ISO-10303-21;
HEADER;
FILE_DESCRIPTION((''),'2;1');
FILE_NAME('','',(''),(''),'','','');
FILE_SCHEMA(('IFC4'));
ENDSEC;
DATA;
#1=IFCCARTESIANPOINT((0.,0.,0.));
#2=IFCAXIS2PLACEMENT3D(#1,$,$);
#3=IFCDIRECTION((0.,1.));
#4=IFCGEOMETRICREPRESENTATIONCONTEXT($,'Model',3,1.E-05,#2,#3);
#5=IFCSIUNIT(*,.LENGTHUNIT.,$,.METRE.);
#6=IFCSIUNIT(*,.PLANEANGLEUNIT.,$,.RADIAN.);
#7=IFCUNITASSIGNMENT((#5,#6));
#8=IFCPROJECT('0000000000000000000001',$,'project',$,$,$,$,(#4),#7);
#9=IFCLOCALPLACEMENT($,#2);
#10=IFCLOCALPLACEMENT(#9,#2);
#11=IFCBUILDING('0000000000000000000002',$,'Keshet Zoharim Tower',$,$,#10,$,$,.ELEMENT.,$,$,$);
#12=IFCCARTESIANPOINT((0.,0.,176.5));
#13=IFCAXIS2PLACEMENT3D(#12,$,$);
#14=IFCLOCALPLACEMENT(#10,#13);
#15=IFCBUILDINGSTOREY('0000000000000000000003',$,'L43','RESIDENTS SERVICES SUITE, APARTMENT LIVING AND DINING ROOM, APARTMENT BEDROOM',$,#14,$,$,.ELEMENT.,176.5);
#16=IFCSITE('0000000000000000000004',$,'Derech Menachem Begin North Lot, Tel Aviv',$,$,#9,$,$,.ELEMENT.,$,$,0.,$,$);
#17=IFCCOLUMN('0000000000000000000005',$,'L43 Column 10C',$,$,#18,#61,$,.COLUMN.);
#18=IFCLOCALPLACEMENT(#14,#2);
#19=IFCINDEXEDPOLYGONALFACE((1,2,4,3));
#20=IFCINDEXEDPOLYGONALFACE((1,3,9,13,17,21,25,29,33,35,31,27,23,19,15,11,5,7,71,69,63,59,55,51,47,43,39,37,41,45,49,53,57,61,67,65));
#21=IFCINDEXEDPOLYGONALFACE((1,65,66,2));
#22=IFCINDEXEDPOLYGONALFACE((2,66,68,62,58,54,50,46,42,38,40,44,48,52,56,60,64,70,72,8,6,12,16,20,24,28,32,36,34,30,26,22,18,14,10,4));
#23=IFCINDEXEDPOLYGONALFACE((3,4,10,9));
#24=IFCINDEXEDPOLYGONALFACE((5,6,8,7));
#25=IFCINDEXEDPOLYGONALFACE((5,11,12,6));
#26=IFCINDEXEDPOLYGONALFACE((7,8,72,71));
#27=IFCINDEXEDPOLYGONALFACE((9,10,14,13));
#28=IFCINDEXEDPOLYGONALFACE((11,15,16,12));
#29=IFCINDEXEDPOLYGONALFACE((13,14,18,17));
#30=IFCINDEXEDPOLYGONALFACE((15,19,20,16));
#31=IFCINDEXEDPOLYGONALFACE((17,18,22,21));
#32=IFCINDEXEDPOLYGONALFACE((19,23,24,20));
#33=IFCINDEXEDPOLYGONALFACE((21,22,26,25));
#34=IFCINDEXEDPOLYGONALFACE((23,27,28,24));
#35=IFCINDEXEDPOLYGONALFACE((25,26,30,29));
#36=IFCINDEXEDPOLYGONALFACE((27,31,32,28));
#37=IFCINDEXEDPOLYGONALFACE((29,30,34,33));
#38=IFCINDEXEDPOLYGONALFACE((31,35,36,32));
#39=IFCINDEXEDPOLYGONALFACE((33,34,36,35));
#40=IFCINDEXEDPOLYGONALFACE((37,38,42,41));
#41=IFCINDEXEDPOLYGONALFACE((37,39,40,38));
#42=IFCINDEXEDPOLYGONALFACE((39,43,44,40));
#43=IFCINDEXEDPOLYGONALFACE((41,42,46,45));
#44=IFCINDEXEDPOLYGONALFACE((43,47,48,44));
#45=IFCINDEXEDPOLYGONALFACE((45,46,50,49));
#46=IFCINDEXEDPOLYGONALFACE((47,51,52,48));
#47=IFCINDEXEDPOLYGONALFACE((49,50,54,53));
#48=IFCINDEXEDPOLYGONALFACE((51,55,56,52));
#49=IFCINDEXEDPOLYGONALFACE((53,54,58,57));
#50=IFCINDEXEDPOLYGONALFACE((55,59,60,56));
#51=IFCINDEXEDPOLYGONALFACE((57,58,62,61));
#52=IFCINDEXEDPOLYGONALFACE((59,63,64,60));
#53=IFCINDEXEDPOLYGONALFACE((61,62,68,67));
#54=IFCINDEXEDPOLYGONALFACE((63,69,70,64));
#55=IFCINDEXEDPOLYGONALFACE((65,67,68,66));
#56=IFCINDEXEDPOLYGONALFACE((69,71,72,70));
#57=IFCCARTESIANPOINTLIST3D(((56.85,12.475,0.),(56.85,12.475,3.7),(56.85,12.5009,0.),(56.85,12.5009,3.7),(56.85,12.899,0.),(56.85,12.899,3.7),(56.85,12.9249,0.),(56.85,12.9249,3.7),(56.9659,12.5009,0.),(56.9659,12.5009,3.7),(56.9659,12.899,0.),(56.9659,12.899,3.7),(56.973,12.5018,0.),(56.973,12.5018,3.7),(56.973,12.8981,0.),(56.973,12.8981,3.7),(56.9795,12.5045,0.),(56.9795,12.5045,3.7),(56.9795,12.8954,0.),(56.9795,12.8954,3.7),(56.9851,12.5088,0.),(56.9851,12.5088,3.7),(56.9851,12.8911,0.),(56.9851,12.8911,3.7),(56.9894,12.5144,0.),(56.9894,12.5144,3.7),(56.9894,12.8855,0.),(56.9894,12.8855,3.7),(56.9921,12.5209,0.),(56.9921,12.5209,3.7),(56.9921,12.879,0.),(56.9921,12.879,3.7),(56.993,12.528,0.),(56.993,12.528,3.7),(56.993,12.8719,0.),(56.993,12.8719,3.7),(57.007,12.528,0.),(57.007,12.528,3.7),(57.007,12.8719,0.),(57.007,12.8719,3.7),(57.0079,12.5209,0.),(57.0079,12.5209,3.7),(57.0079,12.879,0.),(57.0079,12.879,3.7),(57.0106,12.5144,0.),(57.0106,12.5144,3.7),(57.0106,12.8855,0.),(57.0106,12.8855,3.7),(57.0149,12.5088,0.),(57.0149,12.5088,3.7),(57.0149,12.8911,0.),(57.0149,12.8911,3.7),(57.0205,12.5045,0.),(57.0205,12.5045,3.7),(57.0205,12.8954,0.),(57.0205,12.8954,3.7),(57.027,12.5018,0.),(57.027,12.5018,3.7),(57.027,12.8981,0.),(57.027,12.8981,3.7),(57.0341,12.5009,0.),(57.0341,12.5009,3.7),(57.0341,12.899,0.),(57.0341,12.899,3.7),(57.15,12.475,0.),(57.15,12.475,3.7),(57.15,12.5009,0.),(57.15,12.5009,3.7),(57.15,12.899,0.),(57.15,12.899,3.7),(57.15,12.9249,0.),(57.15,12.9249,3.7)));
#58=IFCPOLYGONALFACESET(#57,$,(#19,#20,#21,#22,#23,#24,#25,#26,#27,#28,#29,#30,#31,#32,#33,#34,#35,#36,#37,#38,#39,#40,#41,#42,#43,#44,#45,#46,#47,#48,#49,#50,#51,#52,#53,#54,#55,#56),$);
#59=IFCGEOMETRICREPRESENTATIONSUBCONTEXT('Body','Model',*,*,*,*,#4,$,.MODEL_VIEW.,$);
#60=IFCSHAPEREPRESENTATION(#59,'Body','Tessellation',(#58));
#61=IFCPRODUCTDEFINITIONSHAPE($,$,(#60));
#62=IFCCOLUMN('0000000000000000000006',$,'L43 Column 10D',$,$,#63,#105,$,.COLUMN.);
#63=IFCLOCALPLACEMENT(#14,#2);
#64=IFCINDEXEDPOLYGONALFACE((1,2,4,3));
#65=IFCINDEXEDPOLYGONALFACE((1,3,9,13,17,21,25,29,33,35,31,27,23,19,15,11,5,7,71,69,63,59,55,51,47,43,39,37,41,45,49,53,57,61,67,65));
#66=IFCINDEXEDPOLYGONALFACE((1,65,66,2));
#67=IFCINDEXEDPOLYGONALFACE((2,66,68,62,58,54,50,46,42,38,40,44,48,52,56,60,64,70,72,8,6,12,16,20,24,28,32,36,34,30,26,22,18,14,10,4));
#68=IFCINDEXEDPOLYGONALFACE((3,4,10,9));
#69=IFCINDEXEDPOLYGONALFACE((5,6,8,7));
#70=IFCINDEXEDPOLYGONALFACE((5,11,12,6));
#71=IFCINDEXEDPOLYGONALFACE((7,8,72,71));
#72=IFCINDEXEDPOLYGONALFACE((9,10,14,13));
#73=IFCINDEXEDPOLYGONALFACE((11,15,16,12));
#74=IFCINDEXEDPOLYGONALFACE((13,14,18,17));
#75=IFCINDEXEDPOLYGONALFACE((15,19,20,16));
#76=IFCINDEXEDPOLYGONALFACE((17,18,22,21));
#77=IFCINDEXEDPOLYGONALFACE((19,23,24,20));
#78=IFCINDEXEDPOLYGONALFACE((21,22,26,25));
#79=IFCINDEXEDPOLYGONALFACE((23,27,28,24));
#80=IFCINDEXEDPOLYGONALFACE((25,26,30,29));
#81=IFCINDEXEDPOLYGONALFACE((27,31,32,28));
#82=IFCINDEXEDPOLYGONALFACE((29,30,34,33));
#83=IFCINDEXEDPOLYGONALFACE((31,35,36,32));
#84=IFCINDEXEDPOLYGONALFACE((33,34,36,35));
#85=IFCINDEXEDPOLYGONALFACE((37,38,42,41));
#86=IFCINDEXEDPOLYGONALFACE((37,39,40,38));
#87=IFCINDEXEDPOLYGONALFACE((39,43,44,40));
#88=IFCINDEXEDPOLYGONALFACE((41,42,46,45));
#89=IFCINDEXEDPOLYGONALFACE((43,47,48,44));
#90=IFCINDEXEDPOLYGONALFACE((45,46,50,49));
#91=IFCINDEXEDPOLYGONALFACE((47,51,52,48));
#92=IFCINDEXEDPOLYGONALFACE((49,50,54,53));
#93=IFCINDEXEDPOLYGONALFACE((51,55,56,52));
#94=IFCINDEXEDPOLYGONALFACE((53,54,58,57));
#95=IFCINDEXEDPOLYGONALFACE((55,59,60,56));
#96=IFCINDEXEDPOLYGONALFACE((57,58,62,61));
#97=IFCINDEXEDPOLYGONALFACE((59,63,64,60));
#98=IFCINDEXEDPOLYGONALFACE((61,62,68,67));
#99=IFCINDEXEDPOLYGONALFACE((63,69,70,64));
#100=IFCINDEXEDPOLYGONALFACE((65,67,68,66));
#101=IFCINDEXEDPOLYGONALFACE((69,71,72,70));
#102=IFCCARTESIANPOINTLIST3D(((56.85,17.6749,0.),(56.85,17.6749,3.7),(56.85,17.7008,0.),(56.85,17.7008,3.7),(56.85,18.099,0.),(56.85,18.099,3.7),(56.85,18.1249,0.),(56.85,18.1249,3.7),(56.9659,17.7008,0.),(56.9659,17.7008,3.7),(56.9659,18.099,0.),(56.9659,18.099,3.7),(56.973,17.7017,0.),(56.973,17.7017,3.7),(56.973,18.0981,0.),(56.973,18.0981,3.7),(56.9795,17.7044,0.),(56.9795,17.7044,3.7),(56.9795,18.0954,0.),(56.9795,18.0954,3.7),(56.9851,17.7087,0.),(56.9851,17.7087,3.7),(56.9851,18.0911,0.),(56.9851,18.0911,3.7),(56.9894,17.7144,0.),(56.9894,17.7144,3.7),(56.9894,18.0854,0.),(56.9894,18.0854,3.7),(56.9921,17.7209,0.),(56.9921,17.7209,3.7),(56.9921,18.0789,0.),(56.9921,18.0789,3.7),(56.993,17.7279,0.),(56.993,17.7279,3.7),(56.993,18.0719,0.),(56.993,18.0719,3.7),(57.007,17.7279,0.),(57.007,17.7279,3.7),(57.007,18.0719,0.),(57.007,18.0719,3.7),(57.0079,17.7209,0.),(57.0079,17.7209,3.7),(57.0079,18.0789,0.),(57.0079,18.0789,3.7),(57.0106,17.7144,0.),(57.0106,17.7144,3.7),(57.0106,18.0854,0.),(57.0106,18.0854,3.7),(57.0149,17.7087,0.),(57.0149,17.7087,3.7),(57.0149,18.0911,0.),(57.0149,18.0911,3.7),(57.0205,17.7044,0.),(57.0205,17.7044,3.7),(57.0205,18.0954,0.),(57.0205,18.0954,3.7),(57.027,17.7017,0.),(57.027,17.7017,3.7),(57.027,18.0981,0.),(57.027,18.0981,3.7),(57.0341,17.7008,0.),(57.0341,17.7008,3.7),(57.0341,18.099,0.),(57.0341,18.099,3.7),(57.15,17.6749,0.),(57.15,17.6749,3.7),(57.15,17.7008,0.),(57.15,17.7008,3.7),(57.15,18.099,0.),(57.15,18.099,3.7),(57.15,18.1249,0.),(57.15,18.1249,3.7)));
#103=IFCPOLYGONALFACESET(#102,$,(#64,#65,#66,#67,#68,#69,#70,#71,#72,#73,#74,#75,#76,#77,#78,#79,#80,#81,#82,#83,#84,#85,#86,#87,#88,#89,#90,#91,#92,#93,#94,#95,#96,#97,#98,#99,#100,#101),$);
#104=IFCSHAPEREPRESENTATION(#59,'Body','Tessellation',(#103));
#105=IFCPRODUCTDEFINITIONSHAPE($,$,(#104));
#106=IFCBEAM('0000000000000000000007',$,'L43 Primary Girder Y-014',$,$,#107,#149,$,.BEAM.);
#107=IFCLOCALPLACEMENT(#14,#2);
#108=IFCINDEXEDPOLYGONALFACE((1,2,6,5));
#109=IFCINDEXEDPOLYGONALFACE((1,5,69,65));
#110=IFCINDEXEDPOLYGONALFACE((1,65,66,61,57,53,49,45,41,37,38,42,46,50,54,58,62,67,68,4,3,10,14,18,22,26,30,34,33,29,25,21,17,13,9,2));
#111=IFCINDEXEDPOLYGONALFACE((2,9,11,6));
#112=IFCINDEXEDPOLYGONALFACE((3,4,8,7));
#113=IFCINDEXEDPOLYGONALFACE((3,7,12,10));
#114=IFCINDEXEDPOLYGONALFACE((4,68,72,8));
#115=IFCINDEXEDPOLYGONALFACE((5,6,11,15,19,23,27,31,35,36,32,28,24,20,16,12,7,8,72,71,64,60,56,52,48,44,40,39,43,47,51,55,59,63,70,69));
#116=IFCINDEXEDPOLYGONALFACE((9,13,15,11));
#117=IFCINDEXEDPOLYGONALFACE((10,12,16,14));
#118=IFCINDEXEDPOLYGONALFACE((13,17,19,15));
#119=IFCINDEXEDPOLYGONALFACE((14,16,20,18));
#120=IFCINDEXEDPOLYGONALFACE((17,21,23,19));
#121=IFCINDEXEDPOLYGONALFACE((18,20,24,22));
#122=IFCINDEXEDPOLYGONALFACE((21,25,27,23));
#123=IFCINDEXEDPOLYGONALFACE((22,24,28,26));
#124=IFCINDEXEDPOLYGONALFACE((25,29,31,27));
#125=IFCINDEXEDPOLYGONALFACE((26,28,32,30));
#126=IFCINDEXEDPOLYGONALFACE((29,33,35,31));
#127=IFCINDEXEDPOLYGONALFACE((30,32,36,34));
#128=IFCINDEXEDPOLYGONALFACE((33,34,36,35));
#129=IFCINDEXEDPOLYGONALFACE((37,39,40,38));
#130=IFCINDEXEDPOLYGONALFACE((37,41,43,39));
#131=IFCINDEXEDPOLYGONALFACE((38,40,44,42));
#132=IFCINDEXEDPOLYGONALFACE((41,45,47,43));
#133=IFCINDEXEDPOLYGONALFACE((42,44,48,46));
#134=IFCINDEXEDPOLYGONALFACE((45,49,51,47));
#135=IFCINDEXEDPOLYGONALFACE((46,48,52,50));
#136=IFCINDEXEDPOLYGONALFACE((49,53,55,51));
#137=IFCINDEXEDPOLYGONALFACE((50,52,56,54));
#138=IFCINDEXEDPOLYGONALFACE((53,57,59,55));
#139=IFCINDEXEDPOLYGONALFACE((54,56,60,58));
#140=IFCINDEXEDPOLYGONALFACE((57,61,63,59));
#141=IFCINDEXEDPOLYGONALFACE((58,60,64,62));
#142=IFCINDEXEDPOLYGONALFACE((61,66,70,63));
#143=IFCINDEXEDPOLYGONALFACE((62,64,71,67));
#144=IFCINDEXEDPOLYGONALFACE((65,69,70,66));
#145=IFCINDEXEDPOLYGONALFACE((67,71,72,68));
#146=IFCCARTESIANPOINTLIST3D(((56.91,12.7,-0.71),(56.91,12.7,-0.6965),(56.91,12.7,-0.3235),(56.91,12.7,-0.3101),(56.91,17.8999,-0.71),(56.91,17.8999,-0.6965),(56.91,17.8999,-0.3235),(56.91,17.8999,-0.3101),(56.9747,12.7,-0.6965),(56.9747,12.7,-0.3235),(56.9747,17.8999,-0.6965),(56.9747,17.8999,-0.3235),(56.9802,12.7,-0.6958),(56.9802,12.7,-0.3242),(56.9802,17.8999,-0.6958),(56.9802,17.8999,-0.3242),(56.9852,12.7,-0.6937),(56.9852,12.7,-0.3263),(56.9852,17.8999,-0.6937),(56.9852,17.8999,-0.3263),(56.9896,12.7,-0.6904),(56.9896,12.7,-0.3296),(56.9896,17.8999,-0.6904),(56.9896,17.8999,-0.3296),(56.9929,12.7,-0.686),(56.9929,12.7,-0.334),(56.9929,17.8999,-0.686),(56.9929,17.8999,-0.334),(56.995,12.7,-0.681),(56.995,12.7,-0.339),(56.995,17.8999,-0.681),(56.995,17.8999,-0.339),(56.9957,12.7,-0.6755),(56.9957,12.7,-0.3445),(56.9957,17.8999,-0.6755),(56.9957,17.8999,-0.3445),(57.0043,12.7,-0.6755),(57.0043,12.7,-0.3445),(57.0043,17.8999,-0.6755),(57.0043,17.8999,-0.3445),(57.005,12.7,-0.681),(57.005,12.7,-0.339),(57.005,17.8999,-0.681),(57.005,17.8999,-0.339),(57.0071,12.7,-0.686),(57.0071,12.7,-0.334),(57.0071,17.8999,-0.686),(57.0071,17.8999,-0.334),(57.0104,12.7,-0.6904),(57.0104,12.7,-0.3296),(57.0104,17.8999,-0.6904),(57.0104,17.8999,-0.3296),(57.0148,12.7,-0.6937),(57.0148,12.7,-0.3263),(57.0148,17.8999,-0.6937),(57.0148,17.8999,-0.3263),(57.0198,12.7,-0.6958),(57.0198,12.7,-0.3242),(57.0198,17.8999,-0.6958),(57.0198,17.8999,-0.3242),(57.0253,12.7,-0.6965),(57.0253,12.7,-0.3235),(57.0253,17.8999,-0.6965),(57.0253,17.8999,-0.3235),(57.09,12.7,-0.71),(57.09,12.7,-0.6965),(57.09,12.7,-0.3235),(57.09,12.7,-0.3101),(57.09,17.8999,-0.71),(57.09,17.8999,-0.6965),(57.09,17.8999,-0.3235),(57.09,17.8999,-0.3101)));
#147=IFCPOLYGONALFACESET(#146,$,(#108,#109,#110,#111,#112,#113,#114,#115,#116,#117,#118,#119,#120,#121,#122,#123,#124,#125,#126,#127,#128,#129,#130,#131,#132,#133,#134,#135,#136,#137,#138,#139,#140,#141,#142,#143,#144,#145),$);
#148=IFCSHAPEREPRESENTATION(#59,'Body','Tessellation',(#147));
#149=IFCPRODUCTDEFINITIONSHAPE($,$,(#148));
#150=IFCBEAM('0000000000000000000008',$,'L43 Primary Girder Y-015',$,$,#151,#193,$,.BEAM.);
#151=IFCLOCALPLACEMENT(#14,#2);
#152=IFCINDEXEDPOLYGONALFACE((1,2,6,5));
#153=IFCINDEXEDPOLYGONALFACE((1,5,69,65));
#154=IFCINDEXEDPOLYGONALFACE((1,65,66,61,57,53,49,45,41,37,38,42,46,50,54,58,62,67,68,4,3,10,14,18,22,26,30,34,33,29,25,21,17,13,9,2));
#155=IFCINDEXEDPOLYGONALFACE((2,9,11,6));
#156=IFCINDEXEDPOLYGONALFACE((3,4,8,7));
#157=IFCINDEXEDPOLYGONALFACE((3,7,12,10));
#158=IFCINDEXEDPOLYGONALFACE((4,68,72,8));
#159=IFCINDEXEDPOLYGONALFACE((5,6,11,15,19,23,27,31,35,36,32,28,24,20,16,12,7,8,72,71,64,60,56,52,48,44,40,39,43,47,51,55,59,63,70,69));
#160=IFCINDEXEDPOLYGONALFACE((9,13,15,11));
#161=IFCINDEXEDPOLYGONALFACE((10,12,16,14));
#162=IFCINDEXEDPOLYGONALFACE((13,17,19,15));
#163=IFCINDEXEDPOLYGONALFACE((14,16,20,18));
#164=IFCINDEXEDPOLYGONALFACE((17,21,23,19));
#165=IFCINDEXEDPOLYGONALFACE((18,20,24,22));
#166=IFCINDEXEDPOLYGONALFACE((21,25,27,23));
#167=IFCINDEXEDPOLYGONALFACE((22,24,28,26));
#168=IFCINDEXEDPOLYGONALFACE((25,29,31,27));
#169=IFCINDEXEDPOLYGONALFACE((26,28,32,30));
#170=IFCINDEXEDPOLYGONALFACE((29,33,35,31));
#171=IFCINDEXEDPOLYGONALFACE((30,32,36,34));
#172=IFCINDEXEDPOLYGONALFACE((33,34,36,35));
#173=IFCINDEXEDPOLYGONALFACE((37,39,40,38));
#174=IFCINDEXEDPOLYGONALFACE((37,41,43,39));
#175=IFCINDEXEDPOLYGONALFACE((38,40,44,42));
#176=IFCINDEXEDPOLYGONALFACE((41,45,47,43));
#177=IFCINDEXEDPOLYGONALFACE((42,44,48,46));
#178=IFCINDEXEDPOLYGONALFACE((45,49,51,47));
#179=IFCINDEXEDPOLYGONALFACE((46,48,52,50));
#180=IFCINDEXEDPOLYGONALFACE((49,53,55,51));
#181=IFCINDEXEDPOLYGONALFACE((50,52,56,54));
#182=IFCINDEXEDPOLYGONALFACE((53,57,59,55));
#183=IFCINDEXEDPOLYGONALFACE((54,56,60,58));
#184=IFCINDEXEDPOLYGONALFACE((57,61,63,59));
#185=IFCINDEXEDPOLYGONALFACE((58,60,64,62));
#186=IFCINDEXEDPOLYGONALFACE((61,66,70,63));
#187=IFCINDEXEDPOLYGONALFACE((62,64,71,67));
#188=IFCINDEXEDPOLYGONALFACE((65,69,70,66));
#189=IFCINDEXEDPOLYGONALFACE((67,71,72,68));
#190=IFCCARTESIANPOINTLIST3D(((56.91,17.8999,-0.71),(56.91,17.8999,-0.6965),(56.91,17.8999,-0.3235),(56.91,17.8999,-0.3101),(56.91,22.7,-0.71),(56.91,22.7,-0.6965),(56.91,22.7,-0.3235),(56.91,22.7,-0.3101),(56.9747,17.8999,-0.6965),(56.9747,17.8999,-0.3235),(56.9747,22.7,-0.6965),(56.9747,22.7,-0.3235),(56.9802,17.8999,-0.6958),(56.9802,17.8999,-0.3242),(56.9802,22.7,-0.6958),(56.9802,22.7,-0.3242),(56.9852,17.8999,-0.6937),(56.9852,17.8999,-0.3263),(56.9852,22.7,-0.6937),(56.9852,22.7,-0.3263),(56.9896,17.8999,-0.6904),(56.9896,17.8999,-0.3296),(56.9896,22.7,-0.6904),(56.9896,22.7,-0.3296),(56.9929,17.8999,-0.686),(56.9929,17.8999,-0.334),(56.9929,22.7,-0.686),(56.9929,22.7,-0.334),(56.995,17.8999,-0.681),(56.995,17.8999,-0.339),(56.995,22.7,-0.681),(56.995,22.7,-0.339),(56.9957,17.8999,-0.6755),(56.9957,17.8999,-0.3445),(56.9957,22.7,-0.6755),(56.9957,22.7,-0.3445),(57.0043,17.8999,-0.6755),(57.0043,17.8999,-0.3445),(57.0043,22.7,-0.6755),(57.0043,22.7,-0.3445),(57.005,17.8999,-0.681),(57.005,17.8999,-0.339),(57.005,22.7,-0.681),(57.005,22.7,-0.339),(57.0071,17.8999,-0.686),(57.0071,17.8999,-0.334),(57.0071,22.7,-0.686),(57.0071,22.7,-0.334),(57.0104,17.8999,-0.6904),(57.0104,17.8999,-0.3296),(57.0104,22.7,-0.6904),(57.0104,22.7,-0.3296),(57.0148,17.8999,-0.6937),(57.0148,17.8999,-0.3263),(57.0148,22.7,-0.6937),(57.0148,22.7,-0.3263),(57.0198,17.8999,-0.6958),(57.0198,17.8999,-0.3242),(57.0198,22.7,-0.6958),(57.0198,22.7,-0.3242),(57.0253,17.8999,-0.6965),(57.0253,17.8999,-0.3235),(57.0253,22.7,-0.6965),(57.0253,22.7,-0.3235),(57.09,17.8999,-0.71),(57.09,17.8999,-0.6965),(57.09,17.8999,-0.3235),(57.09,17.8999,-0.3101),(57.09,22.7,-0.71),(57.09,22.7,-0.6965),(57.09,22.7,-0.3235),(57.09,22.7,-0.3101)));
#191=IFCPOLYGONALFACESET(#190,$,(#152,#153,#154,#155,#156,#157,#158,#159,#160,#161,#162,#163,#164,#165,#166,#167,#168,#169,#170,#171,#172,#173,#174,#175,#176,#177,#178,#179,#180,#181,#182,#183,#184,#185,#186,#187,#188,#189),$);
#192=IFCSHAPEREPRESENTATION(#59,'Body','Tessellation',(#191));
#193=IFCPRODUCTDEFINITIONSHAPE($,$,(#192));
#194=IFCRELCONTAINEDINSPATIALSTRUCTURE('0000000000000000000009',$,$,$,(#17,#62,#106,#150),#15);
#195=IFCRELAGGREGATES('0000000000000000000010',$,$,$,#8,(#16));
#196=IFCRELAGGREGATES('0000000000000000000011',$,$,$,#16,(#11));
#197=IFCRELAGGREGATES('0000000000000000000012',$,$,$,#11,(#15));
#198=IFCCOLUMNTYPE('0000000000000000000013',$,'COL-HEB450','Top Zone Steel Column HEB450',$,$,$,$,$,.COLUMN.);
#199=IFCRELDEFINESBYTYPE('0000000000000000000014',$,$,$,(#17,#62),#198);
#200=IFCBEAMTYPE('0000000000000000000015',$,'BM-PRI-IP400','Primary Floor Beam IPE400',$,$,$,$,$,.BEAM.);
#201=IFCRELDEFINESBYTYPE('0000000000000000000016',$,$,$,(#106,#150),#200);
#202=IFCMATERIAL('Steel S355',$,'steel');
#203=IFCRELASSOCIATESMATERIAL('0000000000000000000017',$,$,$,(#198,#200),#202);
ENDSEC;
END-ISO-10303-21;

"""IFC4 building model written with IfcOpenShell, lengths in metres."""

from ifc_helpers import new_model, si_unit, direction, frame, origin, origin_2d, place, context, subcontext, project, spatial, i_section, extrude, material, material_profile, profile_set, type_object, element, save


model = new_model("IFC4")

# Units and contexts
model_context = context("Model", 3, precision=1e-05, world=origin(), true_north=direction((0.0, 1.0)))
body_context = subcontext(model_context, "Body", "Model", "MODEL_VIEW")
ifc_project = project(units=[si_unit("LENGTHUNIT", "METRE"), si_unit("PLANEANGLEUNIT", "RADIAN")], contexts=[model_context])

# Site, building, storey
site_placement = place(None, origin())
site = spatial("IfcSite", under=ifc_project, at=site_placement, Name="Derech Menachem Begin North Lot, Tel Aviv", CompositionType="ELEMENT", RefElevation=0.0)
building_placement = place(site_placement, origin())
building = spatial("IfcBuilding", under=site, at=building_placement, Name="Keshet Zoharim Tower", CompositionType="ELEMENT")
storey_placement = place(building_placement, frame((0.0, 0.0, 176.5)))
storey = spatial("IfcBuildingStorey", under=building, at=storey_placement, Name="L43", Description="RESIDENTS SERVICES SUITE, APARTMENT LIVING AND DINING ROOM, APARTMENT BEDROOM", CompositionType="ELEMENT", Elevation=176.5)

# Columns
ifc_material_1 = material(Name="Steel S355", Category="steel")
ifc_material_profile_1 = material_profile(ifc_material_1, i_section(OverallWidth=0.3, OverallDepth=0.45, WebThickness=0.0139, FlangeThickness=0.0259, FilletRadius=0.0271, at=origin_2d()), Name="HEB450")
ifc_profile_set_1 = profile_set([ifc_material_profile_1], Name="Steel S355")
column_type = type_object("IfcColumnType", Name="COL-HEB450", Description="Top Zone Steel Column HEB450", PredefinedType="COLUMN", material=ifc_profile_set_1)
for number, where, z_axis, x_axis, name in (
    (1, (57.0, 12.7, 0.0), (0.0, 0.0, 1.0), (1.0, 0.0, 0.0), "L43 Column 10C"),
    (2, (57.0, 17.8999, 0.0), (0.0, 0.0, 1.0), (1.0, 0.0, 0.0), "L43 Column 10D"),
):
    element("IfcColumn", number, at=place(storey_placement, frame(where, z_axis=z_axis, x_axis=x_axis)), inside=storey, type_object=column_type, Name=name, PredefinedType="COLUMN", context=body_context, shape_type="SweptSolid", body=[
        extrude(i_section(OverallWidth=0.3, OverallDepth=0.45, WebThickness=0.0139, FlangeThickness=0.0259, FilletRadius=0.0271, at=origin_2d()), origin(), (0.0, 0.0, 1.0), 3.7),
    ])

# Beams
ifc_material_profile_2 = material_profile(ifc_material_1, i_section(OverallWidth=0.1799, OverallDepth=0.3999, WebThickness=0.0085, FlangeThickness=0.0134, FilletRadius=0.021, at=origin_2d()), Name="IPE400")
ifc_profile_set_2 = profile_set([ifc_material_profile_2], Name="Steel S355")
beam_type = type_object("IfcBeamType", Name="BM-PRI-IP400", Description="Primary Floor Beam IPE400", PredefinedType="BEAM", material=ifc_profile_set_2)
beam_1_placement = place(storey_placement, frame((57.0, 12.7, -0.51), z_axis=(0.0, 1.0, 0.0), x_axis=(-1.0, 0.0, 0.0)))
element("IfcBeam", 3, at=beam_1_placement, inside=storey, type_object=beam_type, Name="L43 Primary Girder Y-014", PredefinedType="BEAM", context=body_context, shape_type="SweptSolid", body=[
    extrude(i_section(OverallWidth=0.1799, OverallDepth=0.3999, WebThickness=0.0085, FlangeThickness=0.0134, FilletRadius=0.021, at=origin_2d()), origin(), (0.0, 0.0, 1.0), 5.2),
])
beam_2_placement = place(storey_placement, frame((57.0, 17.8999, -0.51), z_axis=(0.0, 1.0, 0.0), x_axis=(-1.0, 0.0, 0.0)))
element("IfcBeam", 4, at=beam_2_placement, inside=storey, type_object=beam_type, Name="L43 Primary Girder Y-015", PredefinedType="BEAM", context=body_context, shape_type="SweptSolid", body=[
    extrude(i_section(OverallWidth=0.1799, OverallDepth=0.3999, WebThickness=0.0085, FlangeThickness=0.0134, FilletRadius=0.021, at=origin_2d()), origin(), (0.0, 0.0, 1.0), 4.8),
])

save(model, "model.ifc")
